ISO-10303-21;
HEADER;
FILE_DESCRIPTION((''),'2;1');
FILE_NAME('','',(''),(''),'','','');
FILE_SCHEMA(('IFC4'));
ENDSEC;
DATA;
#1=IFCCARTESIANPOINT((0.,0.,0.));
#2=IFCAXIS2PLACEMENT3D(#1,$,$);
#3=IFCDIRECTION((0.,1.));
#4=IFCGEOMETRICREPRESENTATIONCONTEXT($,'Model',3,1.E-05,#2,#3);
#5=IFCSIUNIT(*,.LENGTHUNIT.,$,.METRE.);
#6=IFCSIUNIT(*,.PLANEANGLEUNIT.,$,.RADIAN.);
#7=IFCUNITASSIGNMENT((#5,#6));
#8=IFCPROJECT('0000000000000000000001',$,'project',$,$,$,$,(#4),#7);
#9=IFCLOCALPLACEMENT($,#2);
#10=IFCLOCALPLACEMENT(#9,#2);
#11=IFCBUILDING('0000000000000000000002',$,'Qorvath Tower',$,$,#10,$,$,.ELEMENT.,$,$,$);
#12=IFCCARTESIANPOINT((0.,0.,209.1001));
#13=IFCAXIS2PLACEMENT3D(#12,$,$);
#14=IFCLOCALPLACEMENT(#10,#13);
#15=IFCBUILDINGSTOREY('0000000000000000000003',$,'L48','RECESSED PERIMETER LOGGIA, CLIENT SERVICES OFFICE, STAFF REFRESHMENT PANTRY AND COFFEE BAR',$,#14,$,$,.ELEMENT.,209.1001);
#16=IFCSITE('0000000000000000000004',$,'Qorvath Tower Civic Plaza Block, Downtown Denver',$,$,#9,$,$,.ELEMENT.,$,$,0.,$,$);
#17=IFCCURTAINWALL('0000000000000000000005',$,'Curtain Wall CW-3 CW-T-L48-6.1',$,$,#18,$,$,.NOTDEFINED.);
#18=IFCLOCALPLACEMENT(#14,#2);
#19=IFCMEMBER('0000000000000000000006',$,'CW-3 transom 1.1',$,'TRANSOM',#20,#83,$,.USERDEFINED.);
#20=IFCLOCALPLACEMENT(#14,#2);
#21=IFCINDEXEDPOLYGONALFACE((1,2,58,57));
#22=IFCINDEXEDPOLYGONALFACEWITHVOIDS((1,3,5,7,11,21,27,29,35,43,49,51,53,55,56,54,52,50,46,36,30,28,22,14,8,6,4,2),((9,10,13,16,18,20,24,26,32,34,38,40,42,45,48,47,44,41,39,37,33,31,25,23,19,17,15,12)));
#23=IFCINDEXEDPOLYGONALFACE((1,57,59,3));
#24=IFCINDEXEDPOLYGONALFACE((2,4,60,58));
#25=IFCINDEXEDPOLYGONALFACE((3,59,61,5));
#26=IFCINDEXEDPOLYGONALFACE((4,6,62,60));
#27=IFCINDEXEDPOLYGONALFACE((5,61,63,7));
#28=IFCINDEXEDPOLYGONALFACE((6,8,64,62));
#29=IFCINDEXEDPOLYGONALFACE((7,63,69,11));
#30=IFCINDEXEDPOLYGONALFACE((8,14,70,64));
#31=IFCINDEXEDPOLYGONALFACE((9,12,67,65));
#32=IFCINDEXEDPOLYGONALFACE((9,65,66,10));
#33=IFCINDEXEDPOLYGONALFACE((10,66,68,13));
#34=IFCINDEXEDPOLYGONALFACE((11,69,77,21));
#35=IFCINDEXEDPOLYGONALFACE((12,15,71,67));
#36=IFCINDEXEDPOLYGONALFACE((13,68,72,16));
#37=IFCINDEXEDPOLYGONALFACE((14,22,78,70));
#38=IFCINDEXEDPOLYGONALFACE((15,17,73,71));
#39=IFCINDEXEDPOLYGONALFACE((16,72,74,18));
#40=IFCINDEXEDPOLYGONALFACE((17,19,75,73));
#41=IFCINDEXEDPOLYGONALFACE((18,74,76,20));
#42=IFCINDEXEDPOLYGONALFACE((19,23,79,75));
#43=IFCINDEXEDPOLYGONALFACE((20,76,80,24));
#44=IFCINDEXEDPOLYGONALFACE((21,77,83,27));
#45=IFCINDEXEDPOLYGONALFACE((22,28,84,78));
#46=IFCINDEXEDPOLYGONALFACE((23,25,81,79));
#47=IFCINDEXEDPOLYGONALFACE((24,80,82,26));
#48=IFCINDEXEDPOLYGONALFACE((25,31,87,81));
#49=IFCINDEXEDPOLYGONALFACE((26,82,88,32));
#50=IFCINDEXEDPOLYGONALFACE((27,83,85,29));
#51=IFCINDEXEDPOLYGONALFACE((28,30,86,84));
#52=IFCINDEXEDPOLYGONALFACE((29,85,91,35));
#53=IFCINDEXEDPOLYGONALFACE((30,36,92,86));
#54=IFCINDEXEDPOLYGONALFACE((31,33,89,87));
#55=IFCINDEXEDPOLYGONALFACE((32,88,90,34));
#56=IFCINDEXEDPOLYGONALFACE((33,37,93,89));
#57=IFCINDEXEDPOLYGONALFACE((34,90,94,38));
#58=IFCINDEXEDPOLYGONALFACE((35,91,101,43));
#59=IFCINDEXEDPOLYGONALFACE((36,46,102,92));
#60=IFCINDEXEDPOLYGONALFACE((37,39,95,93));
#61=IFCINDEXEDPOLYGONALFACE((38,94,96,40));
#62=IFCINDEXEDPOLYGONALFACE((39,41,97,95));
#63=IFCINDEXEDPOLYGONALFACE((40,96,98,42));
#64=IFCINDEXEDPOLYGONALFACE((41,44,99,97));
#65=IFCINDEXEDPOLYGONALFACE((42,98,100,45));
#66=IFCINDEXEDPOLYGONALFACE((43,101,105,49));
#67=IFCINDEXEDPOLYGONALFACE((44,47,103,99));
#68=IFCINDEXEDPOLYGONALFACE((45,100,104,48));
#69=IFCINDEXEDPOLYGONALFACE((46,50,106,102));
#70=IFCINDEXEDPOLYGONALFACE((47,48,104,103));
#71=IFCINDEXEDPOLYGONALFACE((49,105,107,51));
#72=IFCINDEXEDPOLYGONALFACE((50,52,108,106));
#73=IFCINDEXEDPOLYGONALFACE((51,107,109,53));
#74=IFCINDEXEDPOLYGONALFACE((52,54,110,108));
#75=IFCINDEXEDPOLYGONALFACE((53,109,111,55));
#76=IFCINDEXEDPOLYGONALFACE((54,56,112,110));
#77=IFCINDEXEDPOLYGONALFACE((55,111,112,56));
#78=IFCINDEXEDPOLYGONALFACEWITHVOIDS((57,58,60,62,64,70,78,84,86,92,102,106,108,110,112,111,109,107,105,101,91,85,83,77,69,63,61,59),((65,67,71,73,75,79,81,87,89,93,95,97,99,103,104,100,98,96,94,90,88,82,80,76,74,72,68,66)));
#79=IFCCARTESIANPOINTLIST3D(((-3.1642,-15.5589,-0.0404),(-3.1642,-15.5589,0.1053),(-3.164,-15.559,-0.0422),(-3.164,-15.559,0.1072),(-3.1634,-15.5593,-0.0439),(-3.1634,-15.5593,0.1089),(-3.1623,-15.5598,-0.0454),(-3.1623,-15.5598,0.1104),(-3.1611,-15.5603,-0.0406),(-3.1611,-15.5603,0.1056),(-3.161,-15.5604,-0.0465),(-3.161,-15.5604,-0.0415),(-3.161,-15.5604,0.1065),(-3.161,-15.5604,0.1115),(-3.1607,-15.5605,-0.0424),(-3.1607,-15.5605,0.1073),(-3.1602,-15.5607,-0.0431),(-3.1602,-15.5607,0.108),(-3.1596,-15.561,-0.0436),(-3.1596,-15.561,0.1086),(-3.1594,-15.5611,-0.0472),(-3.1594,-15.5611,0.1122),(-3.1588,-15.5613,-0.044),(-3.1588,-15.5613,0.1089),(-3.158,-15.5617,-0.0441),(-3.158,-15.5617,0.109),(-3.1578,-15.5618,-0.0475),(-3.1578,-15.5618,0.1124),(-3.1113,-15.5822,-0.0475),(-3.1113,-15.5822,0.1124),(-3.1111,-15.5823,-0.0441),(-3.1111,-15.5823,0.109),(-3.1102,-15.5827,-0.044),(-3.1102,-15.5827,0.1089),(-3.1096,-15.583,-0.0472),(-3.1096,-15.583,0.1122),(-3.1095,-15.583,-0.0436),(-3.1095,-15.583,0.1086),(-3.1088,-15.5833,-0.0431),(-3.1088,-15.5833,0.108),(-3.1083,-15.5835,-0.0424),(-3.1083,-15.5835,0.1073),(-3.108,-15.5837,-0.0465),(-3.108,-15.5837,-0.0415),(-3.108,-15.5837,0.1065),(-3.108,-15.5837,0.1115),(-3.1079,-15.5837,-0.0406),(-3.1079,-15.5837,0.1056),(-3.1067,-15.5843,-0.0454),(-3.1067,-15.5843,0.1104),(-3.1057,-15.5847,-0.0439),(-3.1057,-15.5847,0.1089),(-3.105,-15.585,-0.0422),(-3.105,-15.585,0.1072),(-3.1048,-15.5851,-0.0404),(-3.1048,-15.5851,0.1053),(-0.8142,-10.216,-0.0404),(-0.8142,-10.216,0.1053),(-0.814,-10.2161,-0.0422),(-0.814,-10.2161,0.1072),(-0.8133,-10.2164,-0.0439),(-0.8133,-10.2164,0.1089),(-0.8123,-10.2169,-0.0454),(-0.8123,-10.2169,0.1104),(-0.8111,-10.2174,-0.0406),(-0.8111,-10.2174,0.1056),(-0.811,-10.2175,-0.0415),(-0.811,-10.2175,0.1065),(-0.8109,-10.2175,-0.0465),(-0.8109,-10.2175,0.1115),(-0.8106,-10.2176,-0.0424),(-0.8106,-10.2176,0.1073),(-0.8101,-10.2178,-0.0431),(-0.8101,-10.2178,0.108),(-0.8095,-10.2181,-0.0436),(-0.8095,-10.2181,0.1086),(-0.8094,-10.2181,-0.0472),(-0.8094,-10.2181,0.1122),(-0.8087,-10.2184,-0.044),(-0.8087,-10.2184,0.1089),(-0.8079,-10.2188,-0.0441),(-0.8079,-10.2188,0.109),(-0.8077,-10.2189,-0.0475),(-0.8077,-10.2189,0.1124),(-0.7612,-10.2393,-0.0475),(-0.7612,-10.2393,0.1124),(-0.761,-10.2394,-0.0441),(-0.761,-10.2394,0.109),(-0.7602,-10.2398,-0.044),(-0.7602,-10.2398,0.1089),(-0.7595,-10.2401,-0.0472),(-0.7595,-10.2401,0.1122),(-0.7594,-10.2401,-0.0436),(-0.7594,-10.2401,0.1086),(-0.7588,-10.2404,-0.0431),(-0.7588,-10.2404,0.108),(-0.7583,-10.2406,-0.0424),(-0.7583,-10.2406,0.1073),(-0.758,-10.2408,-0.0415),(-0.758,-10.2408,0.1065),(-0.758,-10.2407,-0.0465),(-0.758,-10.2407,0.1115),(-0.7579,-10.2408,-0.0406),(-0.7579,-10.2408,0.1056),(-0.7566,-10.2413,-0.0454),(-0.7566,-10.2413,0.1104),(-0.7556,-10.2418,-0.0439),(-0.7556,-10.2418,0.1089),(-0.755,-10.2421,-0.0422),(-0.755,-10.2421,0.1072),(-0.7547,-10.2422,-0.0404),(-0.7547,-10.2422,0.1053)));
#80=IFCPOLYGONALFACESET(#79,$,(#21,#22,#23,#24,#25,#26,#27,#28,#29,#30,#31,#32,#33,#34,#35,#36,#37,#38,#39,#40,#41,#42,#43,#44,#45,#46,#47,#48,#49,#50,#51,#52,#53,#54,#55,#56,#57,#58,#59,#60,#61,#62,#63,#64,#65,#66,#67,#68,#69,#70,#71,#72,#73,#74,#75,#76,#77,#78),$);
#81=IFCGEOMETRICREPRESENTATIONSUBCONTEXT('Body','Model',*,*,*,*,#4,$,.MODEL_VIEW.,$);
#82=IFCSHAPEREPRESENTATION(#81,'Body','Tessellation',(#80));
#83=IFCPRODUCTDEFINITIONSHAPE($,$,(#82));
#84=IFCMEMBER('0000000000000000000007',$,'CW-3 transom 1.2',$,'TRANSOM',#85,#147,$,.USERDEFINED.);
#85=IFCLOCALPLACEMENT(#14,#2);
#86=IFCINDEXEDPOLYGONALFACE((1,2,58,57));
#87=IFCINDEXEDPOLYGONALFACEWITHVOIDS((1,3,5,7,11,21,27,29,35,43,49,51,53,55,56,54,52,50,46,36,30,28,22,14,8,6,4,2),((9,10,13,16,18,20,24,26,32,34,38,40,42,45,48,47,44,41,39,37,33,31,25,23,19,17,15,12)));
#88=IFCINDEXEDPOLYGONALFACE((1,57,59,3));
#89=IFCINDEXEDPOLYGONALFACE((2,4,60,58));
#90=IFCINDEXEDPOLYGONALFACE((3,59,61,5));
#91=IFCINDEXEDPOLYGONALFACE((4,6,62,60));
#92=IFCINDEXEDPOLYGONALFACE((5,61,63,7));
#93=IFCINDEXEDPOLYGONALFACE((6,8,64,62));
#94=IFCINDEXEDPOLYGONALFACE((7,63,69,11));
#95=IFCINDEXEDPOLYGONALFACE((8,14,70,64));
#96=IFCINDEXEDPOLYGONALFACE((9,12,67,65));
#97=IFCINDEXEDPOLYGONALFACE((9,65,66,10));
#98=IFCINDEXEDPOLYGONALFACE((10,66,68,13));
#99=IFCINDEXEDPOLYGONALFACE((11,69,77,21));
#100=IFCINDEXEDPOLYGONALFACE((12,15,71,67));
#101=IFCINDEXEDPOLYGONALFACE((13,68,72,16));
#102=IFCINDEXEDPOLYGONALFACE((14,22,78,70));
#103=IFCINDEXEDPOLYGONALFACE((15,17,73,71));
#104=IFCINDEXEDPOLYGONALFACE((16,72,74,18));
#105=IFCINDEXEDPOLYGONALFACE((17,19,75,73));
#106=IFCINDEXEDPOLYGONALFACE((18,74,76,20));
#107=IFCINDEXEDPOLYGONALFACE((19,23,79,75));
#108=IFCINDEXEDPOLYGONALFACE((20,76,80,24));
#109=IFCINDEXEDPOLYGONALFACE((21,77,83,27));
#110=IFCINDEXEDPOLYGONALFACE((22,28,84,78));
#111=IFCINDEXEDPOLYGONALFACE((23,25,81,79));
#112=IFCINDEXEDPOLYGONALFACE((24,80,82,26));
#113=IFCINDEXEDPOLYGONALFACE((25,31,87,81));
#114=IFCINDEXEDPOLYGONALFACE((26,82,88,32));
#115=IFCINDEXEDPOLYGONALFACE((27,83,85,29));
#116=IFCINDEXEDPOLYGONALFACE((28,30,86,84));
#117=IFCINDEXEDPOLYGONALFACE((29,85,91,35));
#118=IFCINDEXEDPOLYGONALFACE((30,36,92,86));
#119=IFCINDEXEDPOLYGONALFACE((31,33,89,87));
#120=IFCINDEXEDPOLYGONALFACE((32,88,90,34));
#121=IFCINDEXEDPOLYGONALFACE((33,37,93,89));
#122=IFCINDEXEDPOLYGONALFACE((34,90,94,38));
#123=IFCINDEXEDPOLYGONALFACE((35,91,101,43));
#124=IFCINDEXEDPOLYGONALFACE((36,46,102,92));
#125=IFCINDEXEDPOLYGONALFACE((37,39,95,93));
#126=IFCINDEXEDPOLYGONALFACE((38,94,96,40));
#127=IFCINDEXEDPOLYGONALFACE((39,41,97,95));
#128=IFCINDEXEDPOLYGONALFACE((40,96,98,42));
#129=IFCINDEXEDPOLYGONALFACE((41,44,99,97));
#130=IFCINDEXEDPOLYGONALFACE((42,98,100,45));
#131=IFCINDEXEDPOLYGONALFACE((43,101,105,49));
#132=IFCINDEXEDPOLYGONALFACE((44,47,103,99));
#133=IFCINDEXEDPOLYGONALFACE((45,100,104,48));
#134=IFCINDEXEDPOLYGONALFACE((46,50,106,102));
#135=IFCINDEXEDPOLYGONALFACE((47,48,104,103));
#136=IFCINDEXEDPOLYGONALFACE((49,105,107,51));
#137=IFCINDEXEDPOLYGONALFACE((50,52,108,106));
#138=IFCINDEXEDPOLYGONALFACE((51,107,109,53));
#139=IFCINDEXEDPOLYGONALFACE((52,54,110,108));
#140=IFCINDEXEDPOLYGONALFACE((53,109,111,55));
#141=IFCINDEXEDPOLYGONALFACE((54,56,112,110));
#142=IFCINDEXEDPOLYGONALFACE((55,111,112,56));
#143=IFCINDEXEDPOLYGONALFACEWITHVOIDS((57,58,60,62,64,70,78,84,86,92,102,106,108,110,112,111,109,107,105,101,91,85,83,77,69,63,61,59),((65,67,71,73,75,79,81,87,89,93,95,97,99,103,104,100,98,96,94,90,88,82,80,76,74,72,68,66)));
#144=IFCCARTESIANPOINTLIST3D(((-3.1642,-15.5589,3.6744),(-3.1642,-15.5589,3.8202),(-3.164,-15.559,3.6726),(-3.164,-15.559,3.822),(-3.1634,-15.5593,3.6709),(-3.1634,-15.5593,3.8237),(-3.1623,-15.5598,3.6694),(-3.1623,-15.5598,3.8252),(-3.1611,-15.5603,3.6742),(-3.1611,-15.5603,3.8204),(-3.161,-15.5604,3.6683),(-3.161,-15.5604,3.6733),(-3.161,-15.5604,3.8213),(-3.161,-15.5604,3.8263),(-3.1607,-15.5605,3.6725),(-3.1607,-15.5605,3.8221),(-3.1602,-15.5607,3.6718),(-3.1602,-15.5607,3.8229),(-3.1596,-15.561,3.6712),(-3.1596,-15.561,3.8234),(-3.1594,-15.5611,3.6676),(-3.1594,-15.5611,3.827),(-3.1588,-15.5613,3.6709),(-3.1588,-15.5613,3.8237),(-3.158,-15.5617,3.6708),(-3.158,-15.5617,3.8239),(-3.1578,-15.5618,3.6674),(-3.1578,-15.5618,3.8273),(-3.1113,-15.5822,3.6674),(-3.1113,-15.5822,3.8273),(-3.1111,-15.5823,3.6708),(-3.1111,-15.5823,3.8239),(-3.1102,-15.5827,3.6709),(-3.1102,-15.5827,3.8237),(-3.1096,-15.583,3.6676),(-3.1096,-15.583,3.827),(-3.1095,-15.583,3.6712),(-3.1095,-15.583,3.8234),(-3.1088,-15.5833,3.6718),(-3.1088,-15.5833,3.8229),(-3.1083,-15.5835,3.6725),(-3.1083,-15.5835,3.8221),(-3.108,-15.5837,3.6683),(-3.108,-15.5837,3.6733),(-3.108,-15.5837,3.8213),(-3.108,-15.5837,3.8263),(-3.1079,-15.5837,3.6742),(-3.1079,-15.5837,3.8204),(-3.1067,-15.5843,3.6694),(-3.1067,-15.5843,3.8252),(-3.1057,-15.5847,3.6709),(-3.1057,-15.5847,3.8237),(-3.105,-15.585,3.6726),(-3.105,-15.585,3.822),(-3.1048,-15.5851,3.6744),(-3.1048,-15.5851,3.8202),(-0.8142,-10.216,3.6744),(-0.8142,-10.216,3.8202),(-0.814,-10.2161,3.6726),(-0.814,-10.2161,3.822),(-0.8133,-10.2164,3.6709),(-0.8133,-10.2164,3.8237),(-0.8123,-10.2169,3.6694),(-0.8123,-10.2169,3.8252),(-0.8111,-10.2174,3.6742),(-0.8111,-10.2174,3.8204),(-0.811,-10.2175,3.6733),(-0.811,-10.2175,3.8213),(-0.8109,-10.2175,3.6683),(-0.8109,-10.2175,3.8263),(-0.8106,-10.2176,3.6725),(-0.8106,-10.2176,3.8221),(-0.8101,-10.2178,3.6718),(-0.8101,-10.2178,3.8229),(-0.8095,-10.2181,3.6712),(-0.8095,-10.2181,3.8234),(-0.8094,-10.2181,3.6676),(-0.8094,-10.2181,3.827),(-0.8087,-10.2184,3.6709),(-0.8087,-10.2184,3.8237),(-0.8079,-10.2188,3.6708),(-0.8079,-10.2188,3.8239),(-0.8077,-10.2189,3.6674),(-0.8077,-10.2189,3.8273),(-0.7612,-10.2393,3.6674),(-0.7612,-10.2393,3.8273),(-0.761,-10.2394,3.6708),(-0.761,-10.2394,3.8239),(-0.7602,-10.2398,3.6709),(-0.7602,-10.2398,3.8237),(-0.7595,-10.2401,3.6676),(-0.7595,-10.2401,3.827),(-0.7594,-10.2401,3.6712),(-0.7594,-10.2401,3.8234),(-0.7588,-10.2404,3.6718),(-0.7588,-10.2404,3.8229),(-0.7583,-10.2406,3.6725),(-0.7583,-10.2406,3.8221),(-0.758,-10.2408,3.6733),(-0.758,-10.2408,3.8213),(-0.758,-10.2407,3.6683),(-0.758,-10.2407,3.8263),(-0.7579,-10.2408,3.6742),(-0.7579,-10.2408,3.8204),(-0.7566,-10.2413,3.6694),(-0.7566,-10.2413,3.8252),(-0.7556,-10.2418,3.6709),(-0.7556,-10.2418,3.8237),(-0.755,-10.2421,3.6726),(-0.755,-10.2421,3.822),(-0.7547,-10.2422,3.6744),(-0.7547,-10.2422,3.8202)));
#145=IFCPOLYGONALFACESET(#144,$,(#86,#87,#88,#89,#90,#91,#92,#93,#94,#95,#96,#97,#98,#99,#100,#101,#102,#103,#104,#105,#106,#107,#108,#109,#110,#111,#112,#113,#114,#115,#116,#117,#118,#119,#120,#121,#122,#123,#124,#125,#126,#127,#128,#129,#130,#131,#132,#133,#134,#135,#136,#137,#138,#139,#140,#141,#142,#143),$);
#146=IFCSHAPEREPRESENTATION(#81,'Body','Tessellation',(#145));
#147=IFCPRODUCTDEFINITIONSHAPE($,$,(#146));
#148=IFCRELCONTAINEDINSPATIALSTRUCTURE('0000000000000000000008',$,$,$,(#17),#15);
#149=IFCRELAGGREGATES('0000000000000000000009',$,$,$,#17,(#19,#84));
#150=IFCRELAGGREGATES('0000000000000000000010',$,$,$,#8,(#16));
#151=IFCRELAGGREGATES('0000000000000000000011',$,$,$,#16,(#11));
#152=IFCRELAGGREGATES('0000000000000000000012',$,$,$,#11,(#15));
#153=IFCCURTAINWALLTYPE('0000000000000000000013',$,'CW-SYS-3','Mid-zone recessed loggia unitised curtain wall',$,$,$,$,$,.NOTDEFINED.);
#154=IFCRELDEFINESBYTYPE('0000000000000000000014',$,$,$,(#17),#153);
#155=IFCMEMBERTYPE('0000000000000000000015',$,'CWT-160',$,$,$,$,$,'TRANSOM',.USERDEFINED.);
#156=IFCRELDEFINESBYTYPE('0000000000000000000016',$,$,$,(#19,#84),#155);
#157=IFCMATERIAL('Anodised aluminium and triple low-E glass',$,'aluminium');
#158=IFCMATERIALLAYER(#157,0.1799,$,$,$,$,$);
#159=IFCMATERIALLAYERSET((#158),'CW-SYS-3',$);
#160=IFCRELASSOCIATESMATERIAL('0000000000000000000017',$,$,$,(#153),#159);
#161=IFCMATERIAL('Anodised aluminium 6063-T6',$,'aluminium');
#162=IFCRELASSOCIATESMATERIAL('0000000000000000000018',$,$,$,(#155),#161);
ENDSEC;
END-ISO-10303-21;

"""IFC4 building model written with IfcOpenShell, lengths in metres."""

from ifc_helpers import new_model, si_unit, direction, frame, origin, origin_2d, place, context, subcontext, project, spatial, hollow_rectangle, extrude, material, layer, layer_set, material_profile, profile_set, type_object, element, aggregate, save


model = new_model("IFC4")

# Units and contexts
model_context = context("Model", 3, precision=1e-05, world=origin(), true_north=direction((0.0, 1.0)))
body_context = subcontext(model_context, "Body", "Model", "MODEL_VIEW")
ifc_project = project(units=[si_unit("LENGTHUNIT", "METRE"), si_unit("PLANEANGLEUNIT", "RADIAN")], contexts=[model_context])

# Site, building, storey
site_placement = place(None, origin())
site = spatial("IfcSite", under=ifc_project, at=site_placement, Name="Qorvath Tower Civic Plaza Block, Downtown Denver", CompositionType="ELEMENT", RefElevation=0.0)
building_placement = place(site_placement, origin())
building = spatial("IfcBuilding", under=site, at=building_placement, Name="Qorvath Tower", CompositionType="ELEMENT")
storey_placement = place(building_placement, frame((0.0, 0.0, 209.1001)))
storey = spatial("IfcBuildingStorey", under=building, at=storey_placement, Name="L48", Description="RECESSED PERIMETER LOGGIA, CLIENT SERVICES OFFICE, STAFF REFRESHMENT PANTRY AND COFFEE BAR", CompositionType="ELEMENT", Elevation=209.1001)

# Curtain wall
ifc_material_1 = material(Name="Anodised aluminium and triple low-E glass", Category="aluminium")
ifc_layer_1 = layer(ifc_material_1, 0.1799)
ifc_layer_set_1 = layer_set([ifc_layer_1], Name="CW-SYS-3")
curtain_wall_type = type_object("IfcCurtainWallType", Name="CW-SYS-3", Description="Mid-zone recessed loggia unitised curtain wall", PredefinedType="NOTDEFINED", material=ifc_layer_set_1)
curtain_wall_1_placement = place(storey_placement, origin())
curtain_wall_1 = element("IfcCurtainWall", 1, at=curtain_wall_1_placement, inside=storey, type_object=curtain_wall_type, Name="Curtain Wall CW-3 CW-T-L48-6.1", PredefinedType="NOTDEFINED")

# Members
ifc_material_2 = material(Name="Anodised aluminium 6063-T6", Category="aluminium")
ifc_material_profile_1 = material_profile(ifc_material_2, hollow_rectangle(XDim=0.0649, YDim=0.1599, WallThickness=0.0034, InnerFilletRadius=0.0034, OuterFilletRadius=0.0071, at=origin_2d()), Name="CWT 160x65")
ifc_profile_set_1 = profile_set([ifc_material_profile_1], Name="Anodised aluminium 6063-T6")
member_type_1 = type_object("IfcMemberType", Name="CWT-160", ElementType="TRANSOM", PredefinedType="USERDEFINED", material=ifc_profile_set_1)
member_1_placement = place(storey_placement, frame((-3.1345, -15.572, 0.0325), z_axis=(0.402619, 0.915367, 0.0), x_axis=(-0.915367, 0.402619, 0.0)))
member_1 = element("IfcMember", 2, at=member_1_placement, type_object=member_type_1, Name="CW-3 transom 1.1", ObjectType="TRANSOM", PredefinedType="USERDEFINED", context=body_context, shape_type="SweptSolid", body=[
    extrude(hollow_rectangle(XDim=0.0649, YDim=0.1599, WallThickness=0.0034, InnerFilletRadius=0.0034, OuterFilletRadius=0.0071, at=origin_2d()), origin(), (0.0, 0.0, 1.0), 5.8369),
])
member_2_placement = place(storey_placement, frame((-3.1345, -15.572, 3.7473), z_axis=(0.402619, 0.915367, 0.0), x_axis=(-0.915367, 0.402619, 0.0)))
member_2 = element("IfcMember", 3, at=member_2_placement, type_object=member_type_1, Name="CW-3 transom 1.2", ObjectType="TRANSOM", PredefinedType="USERDEFINED", context=body_context, shape_type="SweptSolid", body=[
    extrude(hollow_rectangle(XDim=0.0649, YDim=0.1599, WallThickness=0.0034, InnerFilletRadius=0.0034, OuterFilletRadius=0.0071, at=origin_2d()), origin(), (0.0, 0.0, 1.0), 5.8369),
])

aggregate(curtain_wall_1, [member_1, member_2])

save(model, "model.ifc")
